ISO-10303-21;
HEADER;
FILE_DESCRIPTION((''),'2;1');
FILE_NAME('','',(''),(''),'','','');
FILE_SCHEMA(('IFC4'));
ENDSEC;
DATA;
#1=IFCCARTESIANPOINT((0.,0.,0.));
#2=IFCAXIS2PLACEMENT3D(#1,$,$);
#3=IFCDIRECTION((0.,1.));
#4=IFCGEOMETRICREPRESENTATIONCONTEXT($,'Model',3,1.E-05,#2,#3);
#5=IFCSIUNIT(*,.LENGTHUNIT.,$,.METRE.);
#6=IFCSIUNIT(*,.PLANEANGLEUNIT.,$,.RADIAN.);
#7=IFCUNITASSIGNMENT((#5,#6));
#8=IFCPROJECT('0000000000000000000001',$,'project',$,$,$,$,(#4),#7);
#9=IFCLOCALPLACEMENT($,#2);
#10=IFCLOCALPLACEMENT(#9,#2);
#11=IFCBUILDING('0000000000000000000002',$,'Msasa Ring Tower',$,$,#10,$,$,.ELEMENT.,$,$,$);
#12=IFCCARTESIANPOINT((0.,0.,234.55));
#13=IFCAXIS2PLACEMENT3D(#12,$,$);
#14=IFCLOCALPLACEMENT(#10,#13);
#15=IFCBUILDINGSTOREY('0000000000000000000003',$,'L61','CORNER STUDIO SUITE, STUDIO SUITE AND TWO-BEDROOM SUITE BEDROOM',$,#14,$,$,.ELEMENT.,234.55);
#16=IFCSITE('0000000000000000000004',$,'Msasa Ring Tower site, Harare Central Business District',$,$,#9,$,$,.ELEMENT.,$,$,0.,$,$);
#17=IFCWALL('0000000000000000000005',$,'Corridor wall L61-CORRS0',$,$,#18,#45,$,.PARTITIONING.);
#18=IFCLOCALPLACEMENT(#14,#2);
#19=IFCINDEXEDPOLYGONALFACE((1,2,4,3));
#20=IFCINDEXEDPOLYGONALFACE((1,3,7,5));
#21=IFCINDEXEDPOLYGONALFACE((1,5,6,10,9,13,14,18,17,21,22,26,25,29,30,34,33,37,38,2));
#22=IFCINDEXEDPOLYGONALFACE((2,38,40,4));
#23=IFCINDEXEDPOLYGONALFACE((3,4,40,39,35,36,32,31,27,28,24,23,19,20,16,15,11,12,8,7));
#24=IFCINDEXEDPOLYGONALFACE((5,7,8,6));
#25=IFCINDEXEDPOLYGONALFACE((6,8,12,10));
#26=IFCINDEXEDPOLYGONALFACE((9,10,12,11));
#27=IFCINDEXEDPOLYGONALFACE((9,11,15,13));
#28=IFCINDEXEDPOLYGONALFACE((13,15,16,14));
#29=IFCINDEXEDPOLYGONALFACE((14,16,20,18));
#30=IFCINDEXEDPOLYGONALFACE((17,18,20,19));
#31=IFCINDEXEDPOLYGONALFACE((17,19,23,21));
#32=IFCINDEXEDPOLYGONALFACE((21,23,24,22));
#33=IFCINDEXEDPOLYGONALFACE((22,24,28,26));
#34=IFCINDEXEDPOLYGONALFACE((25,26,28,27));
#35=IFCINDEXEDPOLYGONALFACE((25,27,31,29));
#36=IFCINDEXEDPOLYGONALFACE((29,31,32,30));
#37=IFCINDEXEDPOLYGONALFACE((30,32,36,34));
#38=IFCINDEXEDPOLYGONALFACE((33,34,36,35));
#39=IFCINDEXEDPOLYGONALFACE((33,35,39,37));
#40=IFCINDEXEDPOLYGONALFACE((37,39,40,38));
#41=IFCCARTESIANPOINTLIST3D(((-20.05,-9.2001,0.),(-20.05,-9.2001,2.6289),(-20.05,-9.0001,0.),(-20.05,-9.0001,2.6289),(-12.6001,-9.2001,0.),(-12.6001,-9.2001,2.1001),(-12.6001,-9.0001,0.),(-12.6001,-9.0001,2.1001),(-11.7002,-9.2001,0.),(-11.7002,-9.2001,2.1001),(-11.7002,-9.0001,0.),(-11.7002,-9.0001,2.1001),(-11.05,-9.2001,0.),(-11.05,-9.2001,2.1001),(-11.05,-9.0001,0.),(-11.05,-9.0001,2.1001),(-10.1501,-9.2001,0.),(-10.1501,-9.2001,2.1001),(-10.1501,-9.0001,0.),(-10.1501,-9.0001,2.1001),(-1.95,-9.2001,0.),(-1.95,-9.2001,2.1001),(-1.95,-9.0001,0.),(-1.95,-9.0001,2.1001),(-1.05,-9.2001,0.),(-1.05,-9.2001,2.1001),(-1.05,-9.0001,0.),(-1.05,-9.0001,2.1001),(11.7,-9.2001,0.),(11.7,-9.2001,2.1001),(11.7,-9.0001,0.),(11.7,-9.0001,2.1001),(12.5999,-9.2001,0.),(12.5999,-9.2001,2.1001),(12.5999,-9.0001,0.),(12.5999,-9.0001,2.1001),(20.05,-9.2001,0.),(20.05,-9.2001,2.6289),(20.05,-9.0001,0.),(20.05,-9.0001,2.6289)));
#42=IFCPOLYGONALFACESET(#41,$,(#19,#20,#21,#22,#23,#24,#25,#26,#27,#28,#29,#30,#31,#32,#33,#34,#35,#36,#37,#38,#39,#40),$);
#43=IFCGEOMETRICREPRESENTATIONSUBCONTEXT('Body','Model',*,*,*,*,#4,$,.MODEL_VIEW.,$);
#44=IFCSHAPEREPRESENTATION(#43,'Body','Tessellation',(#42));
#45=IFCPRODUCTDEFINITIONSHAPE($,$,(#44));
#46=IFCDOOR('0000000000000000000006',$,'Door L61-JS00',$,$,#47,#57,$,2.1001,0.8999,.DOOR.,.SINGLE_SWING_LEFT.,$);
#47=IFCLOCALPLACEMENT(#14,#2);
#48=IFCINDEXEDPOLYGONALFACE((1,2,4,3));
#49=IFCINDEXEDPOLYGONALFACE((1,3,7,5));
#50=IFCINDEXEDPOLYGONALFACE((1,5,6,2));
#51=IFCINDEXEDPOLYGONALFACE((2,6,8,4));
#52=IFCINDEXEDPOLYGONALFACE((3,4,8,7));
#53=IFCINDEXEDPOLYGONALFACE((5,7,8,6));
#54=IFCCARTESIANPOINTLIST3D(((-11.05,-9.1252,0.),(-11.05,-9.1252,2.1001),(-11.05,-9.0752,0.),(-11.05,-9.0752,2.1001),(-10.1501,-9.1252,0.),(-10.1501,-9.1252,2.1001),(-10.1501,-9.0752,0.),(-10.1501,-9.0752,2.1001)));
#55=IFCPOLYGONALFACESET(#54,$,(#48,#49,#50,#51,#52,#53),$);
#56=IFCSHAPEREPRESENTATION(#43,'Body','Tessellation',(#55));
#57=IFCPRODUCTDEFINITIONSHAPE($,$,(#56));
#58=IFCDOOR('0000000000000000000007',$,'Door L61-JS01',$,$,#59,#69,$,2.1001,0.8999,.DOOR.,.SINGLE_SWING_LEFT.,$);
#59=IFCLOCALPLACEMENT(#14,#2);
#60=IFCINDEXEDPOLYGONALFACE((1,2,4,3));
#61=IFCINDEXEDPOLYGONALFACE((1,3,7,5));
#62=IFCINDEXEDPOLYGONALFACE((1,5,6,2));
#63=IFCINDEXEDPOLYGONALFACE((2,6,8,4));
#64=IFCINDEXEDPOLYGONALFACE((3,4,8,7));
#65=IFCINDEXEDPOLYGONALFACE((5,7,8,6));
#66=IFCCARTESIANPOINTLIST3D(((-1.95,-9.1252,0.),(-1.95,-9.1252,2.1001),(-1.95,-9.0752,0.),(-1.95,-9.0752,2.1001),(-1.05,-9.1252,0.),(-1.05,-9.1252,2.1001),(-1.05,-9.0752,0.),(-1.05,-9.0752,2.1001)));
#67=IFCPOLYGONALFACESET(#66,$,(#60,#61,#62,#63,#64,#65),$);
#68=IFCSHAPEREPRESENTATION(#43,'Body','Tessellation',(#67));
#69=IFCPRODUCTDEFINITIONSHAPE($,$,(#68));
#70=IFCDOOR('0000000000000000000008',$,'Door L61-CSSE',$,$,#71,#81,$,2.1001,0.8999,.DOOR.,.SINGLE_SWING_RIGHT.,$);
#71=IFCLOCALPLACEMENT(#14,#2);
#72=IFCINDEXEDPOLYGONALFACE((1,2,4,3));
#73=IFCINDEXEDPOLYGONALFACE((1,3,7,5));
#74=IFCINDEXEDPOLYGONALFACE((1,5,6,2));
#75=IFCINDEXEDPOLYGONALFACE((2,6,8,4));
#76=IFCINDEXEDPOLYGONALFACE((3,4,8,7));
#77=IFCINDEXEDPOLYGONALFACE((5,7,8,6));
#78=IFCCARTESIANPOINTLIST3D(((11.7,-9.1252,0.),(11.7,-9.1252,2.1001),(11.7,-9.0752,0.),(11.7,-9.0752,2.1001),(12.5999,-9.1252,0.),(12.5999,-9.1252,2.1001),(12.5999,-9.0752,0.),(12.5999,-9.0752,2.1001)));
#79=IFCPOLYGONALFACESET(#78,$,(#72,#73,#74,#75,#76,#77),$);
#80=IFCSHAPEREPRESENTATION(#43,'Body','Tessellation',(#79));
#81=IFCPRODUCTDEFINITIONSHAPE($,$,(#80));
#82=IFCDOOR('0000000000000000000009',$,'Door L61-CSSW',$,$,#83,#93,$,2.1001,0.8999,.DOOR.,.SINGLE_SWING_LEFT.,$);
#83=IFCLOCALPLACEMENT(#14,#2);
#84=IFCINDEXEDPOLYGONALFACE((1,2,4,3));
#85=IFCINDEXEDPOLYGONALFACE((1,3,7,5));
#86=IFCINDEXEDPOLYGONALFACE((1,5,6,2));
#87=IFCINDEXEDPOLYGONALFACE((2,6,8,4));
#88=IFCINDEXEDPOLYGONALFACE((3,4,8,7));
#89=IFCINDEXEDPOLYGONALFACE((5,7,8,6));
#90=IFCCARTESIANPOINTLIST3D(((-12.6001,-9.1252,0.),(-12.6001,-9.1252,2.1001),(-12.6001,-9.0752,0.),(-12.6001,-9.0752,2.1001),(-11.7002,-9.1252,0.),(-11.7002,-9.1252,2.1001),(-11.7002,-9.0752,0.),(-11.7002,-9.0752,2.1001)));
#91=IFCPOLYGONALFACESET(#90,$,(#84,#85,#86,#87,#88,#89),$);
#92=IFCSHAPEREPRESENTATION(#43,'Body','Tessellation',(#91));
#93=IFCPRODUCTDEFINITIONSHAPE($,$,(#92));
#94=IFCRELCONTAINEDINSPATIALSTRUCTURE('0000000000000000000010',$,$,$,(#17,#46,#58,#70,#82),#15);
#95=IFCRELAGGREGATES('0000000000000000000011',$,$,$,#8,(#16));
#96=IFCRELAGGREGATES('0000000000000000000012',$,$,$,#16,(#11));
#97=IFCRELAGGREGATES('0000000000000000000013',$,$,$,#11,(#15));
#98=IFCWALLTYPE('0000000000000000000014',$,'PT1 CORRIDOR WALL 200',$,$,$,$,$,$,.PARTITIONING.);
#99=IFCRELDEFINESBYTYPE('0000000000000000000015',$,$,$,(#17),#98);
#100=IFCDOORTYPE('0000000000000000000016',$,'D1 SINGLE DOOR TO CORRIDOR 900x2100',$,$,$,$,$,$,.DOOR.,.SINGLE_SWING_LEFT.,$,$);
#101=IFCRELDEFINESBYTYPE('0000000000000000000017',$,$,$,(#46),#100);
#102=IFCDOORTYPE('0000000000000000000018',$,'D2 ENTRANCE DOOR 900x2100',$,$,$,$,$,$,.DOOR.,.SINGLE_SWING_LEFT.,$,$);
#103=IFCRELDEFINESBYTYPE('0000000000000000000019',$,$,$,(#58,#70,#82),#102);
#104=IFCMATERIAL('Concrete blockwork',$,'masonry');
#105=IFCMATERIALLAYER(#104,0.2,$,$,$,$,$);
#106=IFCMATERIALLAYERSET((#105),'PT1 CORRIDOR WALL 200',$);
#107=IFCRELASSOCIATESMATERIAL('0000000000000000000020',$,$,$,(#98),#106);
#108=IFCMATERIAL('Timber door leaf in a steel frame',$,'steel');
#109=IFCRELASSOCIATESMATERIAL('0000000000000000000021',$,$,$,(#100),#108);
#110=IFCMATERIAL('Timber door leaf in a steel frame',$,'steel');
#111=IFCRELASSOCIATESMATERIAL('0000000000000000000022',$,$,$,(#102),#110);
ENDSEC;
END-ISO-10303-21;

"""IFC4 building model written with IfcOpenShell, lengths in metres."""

from ifc_helpers import new_model, si_unit, direction, frame, frame_2d, origin, place, context, subcontext, project, spatial, rectangle, extrude, material, layer, layer_set, type_object, element, fill, save


model = new_model("IFC4")

# Units and contexts
model_context = context("Model", 3, precision=1e-05, world=origin(), true_north=direction((0.0, 1.0)))
body_context = subcontext(model_context, "Body", "Model", "MODEL_VIEW")
ifc_project = project(units=[si_unit("LENGTHUNIT", "METRE"), si_unit("PLANEANGLEUNIT", "RADIAN")], contexts=[model_context])

# Site, building, storey
site_placement = place(None, origin())
site = spatial("IfcSite", under=ifc_project, at=site_placement, Name="Msasa Ring Tower site, Harare Central Business District", CompositionType="ELEMENT", RefElevation=0.0)
building_placement = place(site_placement, origin())
building = spatial("IfcBuilding", under=site, at=building_placement, Name="Msasa Ring Tower", CompositionType="ELEMENT")
storey_placement = place(building_placement, frame((0.0, 0.0, 234.55)))
storey = spatial("IfcBuildingStorey", under=building, at=storey_placement, Name="L61", Description="CORNER STUDIO SUITE, STUDIO SUITE AND TWO-BEDROOM SUITE BEDROOM", CompositionType="ELEMENT", Elevation=234.55)

# Wall, openings, doors
ifc_material_1 = material(Name="Concrete blockwork", Category="masonry")
ifc_layer_1 = layer(ifc_material_1, 0.2)
ifc_layer_set_1 = layer_set([ifc_layer_1], Name="PT1 CORRIDOR WALL 200")
wall_type_1 = type_object("IfcWallType", Name="PT1 CORRIDOR WALL 200", PredefinedType="PARTITIONING", material=ifc_layer_set_1)
wall_1_placement = place(storey_placement, frame((-20.05, -9.1001, 0.0), z_axis=(0.0, 0.0, 1.0), x_axis=(1.0, 0.0, 0.0)))
wall_1 = element("IfcWall", 1, at=wall_1_placement, inside=storey, type_object=wall_type_1, Name="Corridor wall L61-CORRS0", PredefinedType="PARTITIONING", context=body_context, shape_type="SweptSolid", body=[
    extrude(rectangle(XDim=40.1001, YDim=0.2, at=frame_2d((20.05, 0.0))), origin(), (0.0, 0.0, 1.0), 2.6289),
])
opening_1_placement = place(wall_1_placement, frame((9.0, 0.0, 0.0)))
opening_1 = element("IfcOpeningElement", 2, at=opening_1_placement, cuts=wall_1, PredefinedType="OPENING", context=body_context, shape_type="SweptSolid", body=[
    extrude(rectangle(XDim=0.8999, YDim=2.1001, at=frame_2d((0.45, 1.05))), frame((0.0, 0.1099, 0.0), z_axis=(0.0, -1.0, 0.0), x_axis=(1.0, 0.0, 0.0)), (0.0, 0.0, 1.0), 0.22),
])
opening_2_placement = place(wall_1_placement, frame((18.1001, 0.0, 0.0)))
opening_2 = element("IfcOpeningElement", 3, at=opening_2_placement, cuts=wall_1, PredefinedType="OPENING", context=body_context, shape_type="SweptSolid", body=[
    extrude(rectangle(XDim=0.8999, YDim=2.1001, at=frame_2d((0.45, 1.05))), frame((0.0, 0.1099, 0.0), z_axis=(0.0, -1.0, 0.0), x_axis=(1.0, 0.0, 0.0)), (0.0, 0.0, 1.0), 0.22),
])
opening_3_placement = place(wall_1_placement, frame((31.75, 0.0, 0.0)))
opening_3 = element("IfcOpeningElement", 4, at=opening_3_placement, cuts=wall_1, PredefinedType="OPENING", context=body_context, shape_type="SweptSolid", body=[
    extrude(rectangle(XDim=0.8999, YDim=2.1001, at=frame_2d((0.45, 1.05))), frame((0.0, 0.1099, 0.0), z_axis=(0.0, -1.0, 0.0), x_axis=(1.0, 0.0, 0.0)), (0.0, 0.0, 1.0), 0.22),
])
opening_4_placement = place(wall_1_placement, frame((7.45, 0.0, 0.0)))
opening_4 = element("IfcOpeningElement", 5, at=opening_4_placement, cuts=wall_1, PredefinedType="OPENING", context=body_context, shape_type="SweptSolid", body=[
    extrude(rectangle(XDim=0.8999, YDim=2.1001, at=frame_2d((0.45, 1.05))), frame((0.0, 0.1099, 0.0), z_axis=(0.0, -1.0, 0.0), x_axis=(1.0, 0.0, 0.0)), (0.0, 0.0, 1.0), 0.22),
])
ifc_material_2 = material(Name="Timber door leaf in a steel frame", Category="steel")
door_type_1 = type_object("IfcDoorType", Name="D1 SINGLE DOOR TO CORRIDOR 900x2100", OperationType="SINGLE_SWING_LEFT", PredefinedType="DOOR", material=ifc_material_2)
door_1_placement = place(opening_1_placement, origin())
door_1 = element("IfcDoor", 6, at=door_1_placement, inside=storey, type_object=door_type_1, Name="Door L61-JS00", OperationType="SINGLE_SWING_LEFT", OverallHeight=2.1001, OverallWidth=0.8999, PredefinedType="DOOR", context=body_context, shape_type="SweptSolid", body=[
    extrude(rectangle(XDim=0.8999, YDim=2.1001, at=frame_2d((0.45, 1.05))), frame((0.0, 0.0249, 0.0), z_axis=(0.0, -1.0, 0.0), x_axis=(1.0, 0.0, 0.0)), (0.0, 0.0, 1.0), 0.05),
])
fill(opening_1, door_1)
ifc_material_3 = material(Name="Timber door leaf in a steel frame", Category="steel")
door_type_2 = type_object("IfcDoorType", Name="D2 ENTRANCE DOOR 900x2100", OperationType="SINGLE_SWING_LEFT", PredefinedType="DOOR", material=ifc_material_3)
door_2_placement = place(opening_2_placement, origin())
door_2 = element("IfcDoor", 7, at=door_2_placement, inside=storey, type_object=door_type_2, Name="Door L61-JS01", OperationType="SINGLE_SWING_LEFT", OverallHeight=2.1001, OverallWidth=0.8999, PredefinedType="DOOR", context=body_context, shape_type="SweptSolid", body=[
    extrude(rectangle(XDim=0.8999, YDim=2.1001, at=frame_2d((0.45, 1.05))), frame((0.0, 0.0249, 0.0), z_axis=(0.0, -1.0, 0.0), x_axis=(1.0, 0.0, 0.0)), (0.0, 0.0, 1.0), 0.05),
])
fill(opening_2, door_2)
door_3_placement = place(opening_3_placement, origin())
door_3 = element("IfcDoor", 8, at=door_3_placement, inside=storey, type_object=door_type_2, Name="Door L61-CSSE", OperationType="SINGLE_SWING_RIGHT", OverallHeight=2.1001, OverallWidth=0.8999, PredefinedType="DOOR", context=body_context, shape_type="SweptSolid", body=[
    extrude(rectangle(XDim=0.8999, YDim=2.1001, at=frame_2d((0.45, 1.05))), frame((0.0, 0.0249, 0.0), z_axis=(0.0, -1.0, 0.0), x_axis=(1.0, 0.0, 0.0)), (0.0, 0.0, 1.0), 0.05),
])
fill(opening_3, door_3)
door_4_placement = place(opening_4_placement, origin())
door_4 = element("IfcDoor", 9, at=door_4_placement, inside=storey, type_object=door_type_2, Name="Door L61-CSSW", OperationType="SINGLE_SWING_LEFT", OverallHeight=2.1001, OverallWidth=0.8999, PredefinedType="DOOR", context=body_context, shape_type="SweptSolid", body=[
    extrude(rectangle(XDim=0.8999, YDim=2.1001, at=frame_2d((0.45, 1.05))), frame((0.0, 0.0249, 0.0), z_axis=(0.0, -1.0, 0.0), x_axis=(1.0, 0.0, 0.0)), (0.0, 0.0, 1.0), 0.05),
])
fill(opening_4, door_4)

save(model, "model.ifc")
